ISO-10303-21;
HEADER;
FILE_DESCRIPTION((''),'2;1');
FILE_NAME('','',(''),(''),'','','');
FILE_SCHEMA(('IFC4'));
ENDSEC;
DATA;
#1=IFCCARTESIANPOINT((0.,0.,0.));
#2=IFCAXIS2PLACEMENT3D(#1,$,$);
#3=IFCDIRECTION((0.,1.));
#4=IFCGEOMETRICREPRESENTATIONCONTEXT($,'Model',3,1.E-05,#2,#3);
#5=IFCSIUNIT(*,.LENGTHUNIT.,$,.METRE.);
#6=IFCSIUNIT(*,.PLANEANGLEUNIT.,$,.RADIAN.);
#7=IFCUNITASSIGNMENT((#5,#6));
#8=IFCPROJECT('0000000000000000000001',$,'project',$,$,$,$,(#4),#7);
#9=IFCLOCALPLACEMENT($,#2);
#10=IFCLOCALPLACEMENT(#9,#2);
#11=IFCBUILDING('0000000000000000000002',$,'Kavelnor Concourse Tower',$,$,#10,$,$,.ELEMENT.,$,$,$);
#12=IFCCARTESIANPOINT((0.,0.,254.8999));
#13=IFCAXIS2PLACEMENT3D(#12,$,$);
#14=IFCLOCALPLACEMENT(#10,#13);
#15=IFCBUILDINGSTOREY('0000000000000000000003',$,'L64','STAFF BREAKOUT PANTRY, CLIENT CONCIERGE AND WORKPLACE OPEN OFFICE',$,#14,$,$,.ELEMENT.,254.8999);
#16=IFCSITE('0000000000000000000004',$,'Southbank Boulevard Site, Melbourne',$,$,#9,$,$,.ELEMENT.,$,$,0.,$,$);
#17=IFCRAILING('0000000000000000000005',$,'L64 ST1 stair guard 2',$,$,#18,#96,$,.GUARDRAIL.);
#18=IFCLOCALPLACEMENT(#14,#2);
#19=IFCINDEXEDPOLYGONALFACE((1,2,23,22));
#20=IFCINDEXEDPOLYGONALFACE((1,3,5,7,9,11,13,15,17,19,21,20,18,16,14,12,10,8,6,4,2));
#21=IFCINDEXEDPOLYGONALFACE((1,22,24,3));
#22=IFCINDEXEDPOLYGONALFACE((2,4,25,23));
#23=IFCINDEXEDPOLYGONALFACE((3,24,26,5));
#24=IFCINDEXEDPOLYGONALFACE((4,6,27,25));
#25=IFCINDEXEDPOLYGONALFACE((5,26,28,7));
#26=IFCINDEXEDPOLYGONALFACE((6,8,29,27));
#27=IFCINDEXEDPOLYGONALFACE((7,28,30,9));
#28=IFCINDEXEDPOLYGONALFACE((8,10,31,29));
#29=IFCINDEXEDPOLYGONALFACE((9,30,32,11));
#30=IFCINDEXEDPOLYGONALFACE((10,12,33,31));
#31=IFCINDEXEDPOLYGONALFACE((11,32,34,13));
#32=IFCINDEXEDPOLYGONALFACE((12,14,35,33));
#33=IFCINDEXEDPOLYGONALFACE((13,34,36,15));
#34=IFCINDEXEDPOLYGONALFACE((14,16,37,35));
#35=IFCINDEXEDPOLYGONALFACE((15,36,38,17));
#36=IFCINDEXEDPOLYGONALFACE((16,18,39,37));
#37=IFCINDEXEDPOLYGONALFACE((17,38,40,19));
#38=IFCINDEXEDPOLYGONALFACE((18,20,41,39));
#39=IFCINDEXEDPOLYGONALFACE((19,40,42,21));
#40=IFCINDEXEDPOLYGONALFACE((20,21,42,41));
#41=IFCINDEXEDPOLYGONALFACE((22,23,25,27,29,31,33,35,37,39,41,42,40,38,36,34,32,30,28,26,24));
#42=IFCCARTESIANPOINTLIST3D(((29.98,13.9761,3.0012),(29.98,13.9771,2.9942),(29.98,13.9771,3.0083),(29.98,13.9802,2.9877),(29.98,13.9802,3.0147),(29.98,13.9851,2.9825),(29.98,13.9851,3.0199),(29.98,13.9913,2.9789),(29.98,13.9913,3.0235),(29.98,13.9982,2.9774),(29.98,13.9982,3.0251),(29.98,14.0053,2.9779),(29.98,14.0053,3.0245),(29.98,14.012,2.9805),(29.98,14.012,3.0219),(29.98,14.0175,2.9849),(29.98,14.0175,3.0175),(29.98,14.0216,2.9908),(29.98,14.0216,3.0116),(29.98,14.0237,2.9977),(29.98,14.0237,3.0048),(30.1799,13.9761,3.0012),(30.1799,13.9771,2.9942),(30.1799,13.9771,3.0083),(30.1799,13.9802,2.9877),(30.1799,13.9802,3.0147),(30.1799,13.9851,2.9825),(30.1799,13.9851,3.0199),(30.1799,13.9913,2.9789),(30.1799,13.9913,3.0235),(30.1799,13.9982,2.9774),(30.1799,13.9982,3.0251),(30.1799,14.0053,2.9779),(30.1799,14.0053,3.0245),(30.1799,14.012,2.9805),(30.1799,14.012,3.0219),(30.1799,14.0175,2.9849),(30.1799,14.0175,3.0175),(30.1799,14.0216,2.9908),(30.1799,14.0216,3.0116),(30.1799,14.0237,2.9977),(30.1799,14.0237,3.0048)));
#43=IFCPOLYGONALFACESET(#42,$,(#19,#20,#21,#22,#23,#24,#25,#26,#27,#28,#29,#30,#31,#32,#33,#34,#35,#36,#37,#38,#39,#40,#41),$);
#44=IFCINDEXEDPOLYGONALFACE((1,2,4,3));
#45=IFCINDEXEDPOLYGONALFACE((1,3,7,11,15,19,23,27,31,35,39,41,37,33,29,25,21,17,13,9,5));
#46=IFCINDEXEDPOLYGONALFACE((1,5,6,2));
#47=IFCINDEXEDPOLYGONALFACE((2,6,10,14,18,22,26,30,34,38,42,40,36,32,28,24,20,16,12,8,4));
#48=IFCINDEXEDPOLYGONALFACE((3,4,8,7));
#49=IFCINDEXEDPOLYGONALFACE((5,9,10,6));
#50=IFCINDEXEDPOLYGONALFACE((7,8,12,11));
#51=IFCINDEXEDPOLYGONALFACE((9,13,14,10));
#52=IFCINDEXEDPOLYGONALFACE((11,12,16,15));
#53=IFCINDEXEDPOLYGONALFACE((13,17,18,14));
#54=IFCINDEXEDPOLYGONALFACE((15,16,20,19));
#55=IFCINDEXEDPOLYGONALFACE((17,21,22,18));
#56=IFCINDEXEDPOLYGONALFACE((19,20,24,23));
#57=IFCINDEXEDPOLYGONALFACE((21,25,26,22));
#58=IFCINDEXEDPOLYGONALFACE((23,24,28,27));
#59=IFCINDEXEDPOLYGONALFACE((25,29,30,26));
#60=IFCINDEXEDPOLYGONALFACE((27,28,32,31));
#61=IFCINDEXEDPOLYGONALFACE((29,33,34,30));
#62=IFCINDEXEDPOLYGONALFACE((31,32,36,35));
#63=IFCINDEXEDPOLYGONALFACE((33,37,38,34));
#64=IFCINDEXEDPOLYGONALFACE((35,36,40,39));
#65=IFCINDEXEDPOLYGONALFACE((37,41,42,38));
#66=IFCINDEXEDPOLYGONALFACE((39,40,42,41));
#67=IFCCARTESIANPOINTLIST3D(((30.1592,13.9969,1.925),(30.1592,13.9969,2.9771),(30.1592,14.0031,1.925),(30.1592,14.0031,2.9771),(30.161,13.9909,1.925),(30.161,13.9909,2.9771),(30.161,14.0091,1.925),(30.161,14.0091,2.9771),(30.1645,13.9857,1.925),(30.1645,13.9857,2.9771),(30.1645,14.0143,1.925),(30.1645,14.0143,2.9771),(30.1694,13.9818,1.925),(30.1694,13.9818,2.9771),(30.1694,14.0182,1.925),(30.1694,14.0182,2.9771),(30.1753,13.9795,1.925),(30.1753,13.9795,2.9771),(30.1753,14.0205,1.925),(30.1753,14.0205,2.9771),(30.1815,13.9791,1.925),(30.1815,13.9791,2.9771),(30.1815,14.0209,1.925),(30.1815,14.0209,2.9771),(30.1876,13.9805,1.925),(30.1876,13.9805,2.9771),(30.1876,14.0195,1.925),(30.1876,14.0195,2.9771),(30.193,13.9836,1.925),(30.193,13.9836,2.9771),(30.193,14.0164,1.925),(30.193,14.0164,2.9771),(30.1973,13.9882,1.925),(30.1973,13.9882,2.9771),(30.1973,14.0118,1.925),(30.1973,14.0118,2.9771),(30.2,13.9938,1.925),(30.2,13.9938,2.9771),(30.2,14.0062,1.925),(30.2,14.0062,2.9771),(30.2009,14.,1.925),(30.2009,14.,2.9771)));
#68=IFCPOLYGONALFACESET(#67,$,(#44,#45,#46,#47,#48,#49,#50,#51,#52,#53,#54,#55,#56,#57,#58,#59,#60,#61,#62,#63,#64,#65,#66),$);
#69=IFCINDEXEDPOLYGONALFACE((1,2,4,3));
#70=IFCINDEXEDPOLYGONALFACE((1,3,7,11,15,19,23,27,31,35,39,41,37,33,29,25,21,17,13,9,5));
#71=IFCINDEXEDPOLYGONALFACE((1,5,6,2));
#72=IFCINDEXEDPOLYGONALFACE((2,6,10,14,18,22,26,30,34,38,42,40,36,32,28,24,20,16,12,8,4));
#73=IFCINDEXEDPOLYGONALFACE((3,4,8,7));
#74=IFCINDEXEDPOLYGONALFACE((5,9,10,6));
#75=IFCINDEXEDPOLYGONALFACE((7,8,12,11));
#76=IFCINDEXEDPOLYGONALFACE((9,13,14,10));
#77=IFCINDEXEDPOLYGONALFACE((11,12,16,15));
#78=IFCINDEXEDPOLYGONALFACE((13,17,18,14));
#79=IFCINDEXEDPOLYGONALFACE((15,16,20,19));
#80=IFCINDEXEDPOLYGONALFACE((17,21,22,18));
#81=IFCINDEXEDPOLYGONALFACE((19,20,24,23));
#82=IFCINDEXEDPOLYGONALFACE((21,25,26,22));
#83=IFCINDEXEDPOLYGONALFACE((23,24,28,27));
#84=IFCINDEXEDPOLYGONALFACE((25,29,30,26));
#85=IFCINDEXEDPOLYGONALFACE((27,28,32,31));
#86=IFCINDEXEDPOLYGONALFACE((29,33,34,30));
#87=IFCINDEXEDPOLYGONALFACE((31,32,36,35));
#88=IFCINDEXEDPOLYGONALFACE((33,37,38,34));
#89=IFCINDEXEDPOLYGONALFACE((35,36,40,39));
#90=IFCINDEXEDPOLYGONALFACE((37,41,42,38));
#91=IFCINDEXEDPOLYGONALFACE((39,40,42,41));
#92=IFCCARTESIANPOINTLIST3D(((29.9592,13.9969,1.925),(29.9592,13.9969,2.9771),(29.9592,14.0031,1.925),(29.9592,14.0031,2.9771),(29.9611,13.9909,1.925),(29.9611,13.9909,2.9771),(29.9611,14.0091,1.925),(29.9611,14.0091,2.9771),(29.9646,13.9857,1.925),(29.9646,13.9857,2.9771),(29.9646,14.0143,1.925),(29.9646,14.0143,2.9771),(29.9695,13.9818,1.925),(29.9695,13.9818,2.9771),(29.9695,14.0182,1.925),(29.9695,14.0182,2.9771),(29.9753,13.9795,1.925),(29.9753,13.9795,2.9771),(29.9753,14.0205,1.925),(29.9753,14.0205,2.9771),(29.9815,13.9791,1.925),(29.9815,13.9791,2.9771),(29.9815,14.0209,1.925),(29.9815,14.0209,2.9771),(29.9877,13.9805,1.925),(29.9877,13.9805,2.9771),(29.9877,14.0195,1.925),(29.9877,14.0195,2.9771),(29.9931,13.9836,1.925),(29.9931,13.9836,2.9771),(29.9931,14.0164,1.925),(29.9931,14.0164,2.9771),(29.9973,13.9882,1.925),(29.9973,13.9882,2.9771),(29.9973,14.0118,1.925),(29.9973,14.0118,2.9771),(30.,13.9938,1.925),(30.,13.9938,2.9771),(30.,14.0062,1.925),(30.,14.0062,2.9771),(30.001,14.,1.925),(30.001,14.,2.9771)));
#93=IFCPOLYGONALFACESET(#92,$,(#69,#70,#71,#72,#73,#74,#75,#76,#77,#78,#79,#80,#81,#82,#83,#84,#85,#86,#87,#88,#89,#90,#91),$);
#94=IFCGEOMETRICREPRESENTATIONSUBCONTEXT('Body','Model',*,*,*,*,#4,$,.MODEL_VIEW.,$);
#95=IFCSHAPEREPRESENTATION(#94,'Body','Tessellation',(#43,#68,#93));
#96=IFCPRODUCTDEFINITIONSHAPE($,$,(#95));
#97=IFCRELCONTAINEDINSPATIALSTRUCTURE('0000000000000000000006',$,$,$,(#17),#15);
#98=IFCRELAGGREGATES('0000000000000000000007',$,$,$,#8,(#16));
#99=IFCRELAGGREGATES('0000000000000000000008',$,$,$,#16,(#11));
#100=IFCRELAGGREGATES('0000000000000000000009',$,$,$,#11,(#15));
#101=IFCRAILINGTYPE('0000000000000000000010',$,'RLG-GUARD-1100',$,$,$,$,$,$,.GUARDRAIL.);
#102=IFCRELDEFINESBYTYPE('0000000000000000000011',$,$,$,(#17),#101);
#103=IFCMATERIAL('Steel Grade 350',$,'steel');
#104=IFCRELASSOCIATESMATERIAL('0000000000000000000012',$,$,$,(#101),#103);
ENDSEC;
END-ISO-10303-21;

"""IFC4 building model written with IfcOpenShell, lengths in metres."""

from ifc_helpers import new_model, si_unit, direction, frame, origin, origin_2d, place, context, subcontext, project, spatial, circle, extrude, material, type_object, element, save


model = new_model("IFC4")

# Units and contexts
model_context = context("Model", 3, precision=1e-05, world=origin(), true_north=direction((0.0, 1.0)))
body_context = subcontext(model_context, "Body", "Model", "MODEL_VIEW")
ifc_project = project(units=[si_unit("LENGTHUNIT", "METRE"), si_unit("PLANEANGLEUNIT", "RADIAN")], contexts=[model_context])

# Site, building, storey
site_placement = place(None, origin())
site = spatial("IfcSite", under=ifc_project, at=site_placement, Name="Southbank Boulevard Site, Melbourne", CompositionType="ELEMENT", RefElevation=0.0)
building_placement = place(site_placement, origin())
building = spatial("IfcBuilding", under=site, at=building_placement, Name="Kavelnor Concourse Tower", CompositionType="ELEMENT")
storey_placement = place(building_placement, frame((0.0, 0.0, 254.8999)))
storey = spatial("IfcBuildingStorey", under=building, at=storey_placement, Name="L64", Description="STAFF BREAKOUT PANTRY, CLIENT CONCIERGE AND WORKPLACE OPEN OFFICE", CompositionType="ELEMENT", Elevation=254.8999)

# Shared definitions
ifc_material_1 = material(Name="Steel Grade 350", Category="steel")

# Railing
railing_type_1 = type_object("IfcRailingType", Name="RLG-GUARD-1100", PredefinedType="GUARDRAIL", material=ifc_material_1)
railing_1_placement = place(storey_placement, frame((30.1799, 14.0, 1.925)))
element("IfcRailing", 1, at=railing_1_placement, inside=storey, type_object=railing_type_1, Name="L64 ST1 stair guard 2", PredefinedType="GUARDRAIL", context=body_context, shape_type="SweptSolid", body=[
    extrude(circle(Radius=0.0239, at=origin_2d()), frame((0.0, 0.0, 1.0762), z_axis=(-1.0, 0.0, 0.0), x_axis=(0.0, -1.0, 0.0)), (0.0, 0.0, 1.0), 0.2),
    extrude(circle(Radius=0.021, at=origin_2d()), origin(), (0.0, 0.0, 1.0), 1.052),
    extrude(circle(Radius=0.021, at=origin_2d()), frame((-0.2, 0.0, 0.0)), (0.0, 0.0, 1.0), 1.052),
])

save(model, "model.ifc")
